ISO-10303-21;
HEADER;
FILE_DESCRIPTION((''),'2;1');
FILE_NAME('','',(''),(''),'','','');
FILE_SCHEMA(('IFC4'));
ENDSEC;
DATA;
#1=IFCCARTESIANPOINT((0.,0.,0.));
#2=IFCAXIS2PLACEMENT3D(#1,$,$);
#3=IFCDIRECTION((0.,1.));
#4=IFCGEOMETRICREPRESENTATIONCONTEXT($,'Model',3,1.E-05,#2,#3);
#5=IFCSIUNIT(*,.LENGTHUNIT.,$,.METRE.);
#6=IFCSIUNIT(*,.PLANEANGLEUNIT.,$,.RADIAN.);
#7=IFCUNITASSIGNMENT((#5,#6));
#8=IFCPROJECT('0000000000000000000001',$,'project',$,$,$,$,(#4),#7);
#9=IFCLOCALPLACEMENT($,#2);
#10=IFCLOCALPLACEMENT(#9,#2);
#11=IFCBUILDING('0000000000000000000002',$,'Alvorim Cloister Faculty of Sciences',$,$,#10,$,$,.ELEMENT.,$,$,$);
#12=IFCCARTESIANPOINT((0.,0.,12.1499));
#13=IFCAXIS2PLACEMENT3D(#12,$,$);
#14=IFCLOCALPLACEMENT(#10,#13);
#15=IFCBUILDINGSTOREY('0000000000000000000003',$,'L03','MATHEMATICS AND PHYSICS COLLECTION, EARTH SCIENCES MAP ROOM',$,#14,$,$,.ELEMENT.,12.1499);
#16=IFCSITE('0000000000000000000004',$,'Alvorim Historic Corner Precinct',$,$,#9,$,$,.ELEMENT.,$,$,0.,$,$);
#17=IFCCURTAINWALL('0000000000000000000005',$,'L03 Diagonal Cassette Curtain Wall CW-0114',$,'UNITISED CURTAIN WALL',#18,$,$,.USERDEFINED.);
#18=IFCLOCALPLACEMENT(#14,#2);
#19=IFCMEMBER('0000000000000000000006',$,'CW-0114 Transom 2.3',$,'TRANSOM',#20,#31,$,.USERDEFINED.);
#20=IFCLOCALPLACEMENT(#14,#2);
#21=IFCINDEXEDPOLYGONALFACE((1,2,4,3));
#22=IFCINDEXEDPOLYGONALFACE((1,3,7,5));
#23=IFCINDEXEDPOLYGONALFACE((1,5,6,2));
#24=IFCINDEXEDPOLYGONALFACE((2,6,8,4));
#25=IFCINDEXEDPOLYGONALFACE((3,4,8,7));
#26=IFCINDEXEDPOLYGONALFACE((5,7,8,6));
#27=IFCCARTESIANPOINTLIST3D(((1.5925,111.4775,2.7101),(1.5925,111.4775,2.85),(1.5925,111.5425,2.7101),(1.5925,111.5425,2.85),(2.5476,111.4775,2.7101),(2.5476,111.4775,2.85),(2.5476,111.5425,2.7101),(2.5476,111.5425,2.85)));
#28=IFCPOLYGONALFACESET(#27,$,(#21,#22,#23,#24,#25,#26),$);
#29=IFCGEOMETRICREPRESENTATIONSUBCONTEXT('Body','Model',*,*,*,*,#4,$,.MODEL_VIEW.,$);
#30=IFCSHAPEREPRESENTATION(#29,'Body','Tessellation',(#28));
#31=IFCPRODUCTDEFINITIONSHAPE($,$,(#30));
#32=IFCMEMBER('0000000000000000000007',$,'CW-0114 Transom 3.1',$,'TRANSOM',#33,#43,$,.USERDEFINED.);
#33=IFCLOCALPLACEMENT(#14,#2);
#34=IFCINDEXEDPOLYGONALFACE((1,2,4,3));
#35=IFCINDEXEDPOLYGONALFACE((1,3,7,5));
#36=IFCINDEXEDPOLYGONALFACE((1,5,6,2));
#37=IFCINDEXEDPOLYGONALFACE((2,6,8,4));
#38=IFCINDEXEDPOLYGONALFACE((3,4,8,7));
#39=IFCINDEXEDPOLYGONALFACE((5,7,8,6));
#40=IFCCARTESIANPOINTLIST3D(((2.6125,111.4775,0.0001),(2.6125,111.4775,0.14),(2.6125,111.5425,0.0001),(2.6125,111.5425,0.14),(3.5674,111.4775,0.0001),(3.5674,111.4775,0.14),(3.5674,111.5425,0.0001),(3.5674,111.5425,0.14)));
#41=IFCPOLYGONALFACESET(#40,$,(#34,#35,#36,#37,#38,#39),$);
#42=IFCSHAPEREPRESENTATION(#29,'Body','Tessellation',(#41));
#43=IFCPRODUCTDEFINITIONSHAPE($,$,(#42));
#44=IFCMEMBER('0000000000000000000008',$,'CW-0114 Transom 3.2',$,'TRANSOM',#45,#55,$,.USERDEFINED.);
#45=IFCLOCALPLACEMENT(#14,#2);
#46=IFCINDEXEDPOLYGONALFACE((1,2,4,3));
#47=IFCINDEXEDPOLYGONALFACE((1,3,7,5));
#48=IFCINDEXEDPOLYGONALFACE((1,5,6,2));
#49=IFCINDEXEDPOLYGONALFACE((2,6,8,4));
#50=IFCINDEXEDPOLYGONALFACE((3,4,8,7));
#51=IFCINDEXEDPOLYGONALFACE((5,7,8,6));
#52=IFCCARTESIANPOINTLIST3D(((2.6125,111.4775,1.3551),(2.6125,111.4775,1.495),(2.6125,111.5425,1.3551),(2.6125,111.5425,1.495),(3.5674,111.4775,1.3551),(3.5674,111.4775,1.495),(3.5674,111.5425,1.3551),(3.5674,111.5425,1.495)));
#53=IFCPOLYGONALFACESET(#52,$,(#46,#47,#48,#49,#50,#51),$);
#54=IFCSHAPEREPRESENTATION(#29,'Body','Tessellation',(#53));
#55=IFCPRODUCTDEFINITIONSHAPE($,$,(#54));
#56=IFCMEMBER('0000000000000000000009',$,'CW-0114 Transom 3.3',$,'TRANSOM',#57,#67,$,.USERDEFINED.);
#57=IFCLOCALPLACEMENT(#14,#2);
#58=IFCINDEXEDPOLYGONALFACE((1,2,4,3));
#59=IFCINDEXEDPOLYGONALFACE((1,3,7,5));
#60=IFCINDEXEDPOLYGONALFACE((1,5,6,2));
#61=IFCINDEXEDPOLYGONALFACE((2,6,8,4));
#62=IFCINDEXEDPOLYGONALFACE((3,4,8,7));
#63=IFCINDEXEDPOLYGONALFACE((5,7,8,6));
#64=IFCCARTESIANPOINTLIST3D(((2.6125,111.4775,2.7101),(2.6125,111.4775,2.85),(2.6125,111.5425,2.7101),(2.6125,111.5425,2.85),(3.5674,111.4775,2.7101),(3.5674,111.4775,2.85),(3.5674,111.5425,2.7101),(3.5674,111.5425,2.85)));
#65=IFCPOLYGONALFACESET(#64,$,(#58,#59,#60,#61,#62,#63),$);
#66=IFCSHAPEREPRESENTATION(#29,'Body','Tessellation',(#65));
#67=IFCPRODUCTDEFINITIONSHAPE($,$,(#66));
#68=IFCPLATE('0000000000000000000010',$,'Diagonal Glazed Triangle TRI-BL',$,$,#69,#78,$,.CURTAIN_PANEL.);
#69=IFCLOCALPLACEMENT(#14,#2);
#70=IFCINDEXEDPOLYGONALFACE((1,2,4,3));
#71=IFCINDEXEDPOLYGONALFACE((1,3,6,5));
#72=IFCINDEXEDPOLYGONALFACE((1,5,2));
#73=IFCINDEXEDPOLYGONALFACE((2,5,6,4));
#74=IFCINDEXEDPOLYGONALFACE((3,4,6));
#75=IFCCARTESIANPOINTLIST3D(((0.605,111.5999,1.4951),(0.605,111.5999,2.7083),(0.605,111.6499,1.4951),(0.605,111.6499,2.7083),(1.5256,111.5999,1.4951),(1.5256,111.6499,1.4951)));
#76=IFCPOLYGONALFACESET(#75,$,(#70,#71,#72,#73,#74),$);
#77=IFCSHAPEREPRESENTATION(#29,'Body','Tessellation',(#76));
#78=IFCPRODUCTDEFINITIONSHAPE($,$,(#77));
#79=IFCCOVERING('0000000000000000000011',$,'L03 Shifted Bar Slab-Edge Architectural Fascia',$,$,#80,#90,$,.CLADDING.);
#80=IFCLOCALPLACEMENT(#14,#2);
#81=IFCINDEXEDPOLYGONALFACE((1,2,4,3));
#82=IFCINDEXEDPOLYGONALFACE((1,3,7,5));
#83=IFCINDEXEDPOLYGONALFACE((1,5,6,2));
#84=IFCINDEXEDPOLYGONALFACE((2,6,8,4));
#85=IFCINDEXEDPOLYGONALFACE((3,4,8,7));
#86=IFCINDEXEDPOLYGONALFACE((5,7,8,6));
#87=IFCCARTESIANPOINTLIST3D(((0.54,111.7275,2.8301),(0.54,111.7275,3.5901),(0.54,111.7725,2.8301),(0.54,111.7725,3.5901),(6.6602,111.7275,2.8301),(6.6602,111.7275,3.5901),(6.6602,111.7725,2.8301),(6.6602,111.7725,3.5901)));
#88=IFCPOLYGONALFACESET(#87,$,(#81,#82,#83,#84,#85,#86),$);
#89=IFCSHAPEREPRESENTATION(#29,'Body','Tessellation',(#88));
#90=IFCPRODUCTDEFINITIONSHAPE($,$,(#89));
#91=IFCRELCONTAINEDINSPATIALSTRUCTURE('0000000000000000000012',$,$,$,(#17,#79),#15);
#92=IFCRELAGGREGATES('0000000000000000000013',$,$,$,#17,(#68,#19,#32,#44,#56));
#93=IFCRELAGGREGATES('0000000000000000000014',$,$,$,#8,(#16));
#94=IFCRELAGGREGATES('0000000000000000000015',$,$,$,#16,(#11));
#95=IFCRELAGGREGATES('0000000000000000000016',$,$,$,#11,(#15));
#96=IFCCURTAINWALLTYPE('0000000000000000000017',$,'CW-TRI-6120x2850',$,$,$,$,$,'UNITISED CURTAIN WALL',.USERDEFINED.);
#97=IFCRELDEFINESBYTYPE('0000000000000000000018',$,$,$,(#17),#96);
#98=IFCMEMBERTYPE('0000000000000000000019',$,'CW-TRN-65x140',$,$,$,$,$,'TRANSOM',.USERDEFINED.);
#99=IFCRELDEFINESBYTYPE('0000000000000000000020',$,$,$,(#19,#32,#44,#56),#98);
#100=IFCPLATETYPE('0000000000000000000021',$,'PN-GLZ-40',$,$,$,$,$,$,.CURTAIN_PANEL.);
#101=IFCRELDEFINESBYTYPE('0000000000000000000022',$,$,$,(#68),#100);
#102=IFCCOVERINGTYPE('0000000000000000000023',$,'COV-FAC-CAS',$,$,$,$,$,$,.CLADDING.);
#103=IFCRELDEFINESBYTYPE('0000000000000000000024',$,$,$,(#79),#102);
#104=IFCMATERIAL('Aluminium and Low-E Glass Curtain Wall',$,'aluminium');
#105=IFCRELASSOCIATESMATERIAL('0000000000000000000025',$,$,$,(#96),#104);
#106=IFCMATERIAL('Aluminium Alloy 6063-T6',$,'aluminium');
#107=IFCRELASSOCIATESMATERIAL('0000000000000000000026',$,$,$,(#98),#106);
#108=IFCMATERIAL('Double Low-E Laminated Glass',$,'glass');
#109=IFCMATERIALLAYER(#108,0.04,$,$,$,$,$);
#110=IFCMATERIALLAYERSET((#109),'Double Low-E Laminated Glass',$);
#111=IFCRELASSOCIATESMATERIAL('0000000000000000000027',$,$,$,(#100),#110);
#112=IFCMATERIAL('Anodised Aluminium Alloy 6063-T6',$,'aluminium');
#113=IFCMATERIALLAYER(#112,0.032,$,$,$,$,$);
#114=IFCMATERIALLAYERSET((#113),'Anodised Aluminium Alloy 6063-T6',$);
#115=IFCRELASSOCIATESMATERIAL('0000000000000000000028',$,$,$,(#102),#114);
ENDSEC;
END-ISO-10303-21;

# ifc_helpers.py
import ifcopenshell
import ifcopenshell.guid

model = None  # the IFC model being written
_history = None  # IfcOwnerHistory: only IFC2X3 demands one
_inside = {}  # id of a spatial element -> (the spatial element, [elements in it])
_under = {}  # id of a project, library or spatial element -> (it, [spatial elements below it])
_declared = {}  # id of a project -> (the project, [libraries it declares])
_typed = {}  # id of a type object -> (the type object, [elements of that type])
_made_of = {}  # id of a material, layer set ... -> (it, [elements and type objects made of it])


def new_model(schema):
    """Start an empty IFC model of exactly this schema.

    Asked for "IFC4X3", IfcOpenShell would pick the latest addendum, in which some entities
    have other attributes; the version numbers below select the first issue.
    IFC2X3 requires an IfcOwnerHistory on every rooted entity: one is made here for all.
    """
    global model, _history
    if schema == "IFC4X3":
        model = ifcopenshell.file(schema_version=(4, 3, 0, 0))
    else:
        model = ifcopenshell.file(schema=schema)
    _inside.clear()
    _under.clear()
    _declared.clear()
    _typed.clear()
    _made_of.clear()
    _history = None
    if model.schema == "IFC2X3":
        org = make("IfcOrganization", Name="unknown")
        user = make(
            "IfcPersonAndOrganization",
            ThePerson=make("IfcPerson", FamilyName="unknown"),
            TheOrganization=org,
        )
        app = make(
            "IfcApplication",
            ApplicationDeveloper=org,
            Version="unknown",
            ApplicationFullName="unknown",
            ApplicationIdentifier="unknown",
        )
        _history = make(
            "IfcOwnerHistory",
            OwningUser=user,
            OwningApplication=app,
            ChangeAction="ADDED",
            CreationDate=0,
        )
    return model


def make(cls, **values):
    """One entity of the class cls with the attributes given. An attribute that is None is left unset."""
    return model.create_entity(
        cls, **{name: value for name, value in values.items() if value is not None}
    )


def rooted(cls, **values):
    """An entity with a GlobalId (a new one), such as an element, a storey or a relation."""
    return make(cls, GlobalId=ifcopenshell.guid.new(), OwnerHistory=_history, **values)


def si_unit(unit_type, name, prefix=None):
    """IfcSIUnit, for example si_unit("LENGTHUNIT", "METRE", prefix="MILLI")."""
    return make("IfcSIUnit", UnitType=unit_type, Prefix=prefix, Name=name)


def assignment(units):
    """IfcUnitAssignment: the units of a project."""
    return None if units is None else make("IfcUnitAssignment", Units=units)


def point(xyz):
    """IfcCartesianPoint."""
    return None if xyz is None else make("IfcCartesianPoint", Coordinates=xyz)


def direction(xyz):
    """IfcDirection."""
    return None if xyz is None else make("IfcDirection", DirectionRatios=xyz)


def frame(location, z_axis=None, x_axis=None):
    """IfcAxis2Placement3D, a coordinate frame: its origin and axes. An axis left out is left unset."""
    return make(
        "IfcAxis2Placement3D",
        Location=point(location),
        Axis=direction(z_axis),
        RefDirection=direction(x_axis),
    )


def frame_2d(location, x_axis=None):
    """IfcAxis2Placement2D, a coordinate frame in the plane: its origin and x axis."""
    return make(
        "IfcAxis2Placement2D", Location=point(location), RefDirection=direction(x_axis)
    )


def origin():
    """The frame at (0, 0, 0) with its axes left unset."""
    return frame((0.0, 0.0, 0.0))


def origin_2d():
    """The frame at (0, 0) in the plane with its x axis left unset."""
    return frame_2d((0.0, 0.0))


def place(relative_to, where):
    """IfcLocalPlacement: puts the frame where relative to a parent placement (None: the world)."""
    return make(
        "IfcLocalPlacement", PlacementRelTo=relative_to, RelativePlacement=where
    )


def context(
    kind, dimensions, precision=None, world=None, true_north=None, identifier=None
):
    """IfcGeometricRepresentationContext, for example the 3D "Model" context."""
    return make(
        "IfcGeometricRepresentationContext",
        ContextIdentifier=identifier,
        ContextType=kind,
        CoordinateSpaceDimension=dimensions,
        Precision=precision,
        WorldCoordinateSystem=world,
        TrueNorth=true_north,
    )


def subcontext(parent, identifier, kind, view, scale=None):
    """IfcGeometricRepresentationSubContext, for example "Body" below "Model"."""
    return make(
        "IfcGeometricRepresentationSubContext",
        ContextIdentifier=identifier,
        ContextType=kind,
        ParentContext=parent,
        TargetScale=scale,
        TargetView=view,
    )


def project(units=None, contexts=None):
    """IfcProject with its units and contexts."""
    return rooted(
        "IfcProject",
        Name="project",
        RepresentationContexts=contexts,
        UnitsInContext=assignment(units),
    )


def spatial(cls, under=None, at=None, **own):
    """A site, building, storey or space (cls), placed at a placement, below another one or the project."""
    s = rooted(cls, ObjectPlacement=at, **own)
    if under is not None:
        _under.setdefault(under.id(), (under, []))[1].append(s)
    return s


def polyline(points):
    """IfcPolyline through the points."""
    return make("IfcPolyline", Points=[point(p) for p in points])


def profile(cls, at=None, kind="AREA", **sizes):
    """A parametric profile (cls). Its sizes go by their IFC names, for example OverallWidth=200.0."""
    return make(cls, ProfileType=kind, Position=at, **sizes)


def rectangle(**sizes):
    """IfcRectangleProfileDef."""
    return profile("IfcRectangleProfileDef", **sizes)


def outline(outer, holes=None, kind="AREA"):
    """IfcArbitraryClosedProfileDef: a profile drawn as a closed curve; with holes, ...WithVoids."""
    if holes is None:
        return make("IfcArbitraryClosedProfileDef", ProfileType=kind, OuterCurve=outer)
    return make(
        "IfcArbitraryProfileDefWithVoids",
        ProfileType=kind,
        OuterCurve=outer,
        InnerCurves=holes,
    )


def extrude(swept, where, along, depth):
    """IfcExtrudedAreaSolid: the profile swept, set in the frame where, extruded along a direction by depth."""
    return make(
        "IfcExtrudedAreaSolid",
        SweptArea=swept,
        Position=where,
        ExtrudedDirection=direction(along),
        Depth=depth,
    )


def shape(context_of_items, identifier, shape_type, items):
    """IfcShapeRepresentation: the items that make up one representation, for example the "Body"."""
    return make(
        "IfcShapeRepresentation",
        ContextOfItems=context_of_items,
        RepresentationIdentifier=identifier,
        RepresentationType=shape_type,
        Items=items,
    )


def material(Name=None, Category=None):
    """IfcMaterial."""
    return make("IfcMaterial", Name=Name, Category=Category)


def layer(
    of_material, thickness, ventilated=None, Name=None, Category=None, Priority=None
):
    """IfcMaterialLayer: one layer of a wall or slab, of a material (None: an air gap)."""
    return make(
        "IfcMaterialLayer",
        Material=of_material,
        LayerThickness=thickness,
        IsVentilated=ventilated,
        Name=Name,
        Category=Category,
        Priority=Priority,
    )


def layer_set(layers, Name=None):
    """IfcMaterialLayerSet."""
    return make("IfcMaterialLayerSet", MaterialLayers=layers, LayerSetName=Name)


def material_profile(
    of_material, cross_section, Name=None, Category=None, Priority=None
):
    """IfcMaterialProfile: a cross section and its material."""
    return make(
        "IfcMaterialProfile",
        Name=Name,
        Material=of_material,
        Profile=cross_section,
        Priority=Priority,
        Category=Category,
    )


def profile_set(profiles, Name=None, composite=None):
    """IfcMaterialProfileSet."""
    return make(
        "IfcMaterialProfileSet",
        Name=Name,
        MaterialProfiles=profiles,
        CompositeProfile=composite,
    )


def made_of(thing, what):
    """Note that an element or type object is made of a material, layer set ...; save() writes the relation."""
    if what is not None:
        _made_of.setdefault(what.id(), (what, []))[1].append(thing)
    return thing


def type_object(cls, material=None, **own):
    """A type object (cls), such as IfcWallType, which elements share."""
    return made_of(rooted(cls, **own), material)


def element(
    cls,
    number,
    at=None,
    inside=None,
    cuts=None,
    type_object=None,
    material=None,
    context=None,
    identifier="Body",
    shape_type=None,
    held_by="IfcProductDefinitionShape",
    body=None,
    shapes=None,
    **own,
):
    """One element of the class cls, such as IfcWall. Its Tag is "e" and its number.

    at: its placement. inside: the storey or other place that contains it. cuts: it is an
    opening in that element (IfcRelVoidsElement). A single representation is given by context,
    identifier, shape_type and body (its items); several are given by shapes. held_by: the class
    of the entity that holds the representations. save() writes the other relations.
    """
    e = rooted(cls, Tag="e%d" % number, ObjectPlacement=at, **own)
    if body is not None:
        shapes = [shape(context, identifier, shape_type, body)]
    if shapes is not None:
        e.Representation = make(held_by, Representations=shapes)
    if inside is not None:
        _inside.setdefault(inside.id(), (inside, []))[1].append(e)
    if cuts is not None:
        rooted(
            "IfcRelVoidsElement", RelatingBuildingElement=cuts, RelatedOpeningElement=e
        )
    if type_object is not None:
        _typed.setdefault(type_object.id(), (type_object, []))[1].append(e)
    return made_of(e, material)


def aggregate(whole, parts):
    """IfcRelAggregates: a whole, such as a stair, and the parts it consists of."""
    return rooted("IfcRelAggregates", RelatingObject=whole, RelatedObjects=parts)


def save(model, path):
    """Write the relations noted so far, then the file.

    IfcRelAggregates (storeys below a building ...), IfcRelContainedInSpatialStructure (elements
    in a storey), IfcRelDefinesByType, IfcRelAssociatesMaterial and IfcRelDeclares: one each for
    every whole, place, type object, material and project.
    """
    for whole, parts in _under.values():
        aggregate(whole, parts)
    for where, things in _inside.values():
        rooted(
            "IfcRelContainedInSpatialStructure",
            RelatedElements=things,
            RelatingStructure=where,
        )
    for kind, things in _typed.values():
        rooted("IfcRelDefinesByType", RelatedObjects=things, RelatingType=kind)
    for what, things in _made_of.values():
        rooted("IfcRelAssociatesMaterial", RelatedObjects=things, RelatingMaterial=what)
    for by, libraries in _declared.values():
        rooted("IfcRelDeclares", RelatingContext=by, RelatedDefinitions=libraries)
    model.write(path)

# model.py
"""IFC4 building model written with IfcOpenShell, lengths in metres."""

from ifc_helpers import new_model, si_unit, direction, frame, origin, origin_2d, place, context, subcontext, project, spatial, polyline, rectangle, outline, extrude, material, layer, layer_set, material_profile, profile_set, type_object, element, aggregate, save


model = new_model("IFC4")

# Units and contexts
model_context = context("Model", 3, precision=1e-05, world=origin(), true_north=direction((0.0, 1.0)))
body_context = subcontext(model_context, "Body", "Model", "MODEL_VIEW")
ifc_project = project(units=[si_unit("LENGTHUNIT", "METRE"), si_unit("PLANEANGLEUNIT", "RADIAN")], contexts=[model_context])

# Site, building, storey
site_placement = place(None, origin())
site = spatial("IfcSite", under=ifc_project, at=site_placement, Name="Alvorim Historic Corner Precinct", CompositionType="ELEMENT", RefElevation=0.0)
building_placement = place(site_placement, origin())
building = spatial("IfcBuilding", under=site, at=building_placement, Name="Alvorim Cloister Faculty of Sciences", CompositionType="ELEMENT")
storey_placement = place(building_placement, frame((0.0, 0.0, 12.1499)))
storey = spatial("IfcBuildingStorey", under=building, at=storey_placement, Name="L03", Description="MATHEMATICS AND PHYSICS COLLECTION, EARTH SCIENCES MAP ROOM", CompositionType="ELEMENT", Elevation=12.1499)

# Shared definitions
ifc_material_1 = material(Name="Aluminium and Low-E Glass Curtain Wall", Category="aluminium")
ifc_material_2 = material(Name="Aluminium Alloy 6063-T6", Category="aluminium")

# Curtain wall
curtain_wall_type_1 = type_object("IfcCurtainWallType", Name="CW-TRI-6120x2850", ElementType="UNITISED CURTAIN WALL", PredefinedType="USERDEFINED", material=ifc_material_1)
curtain_wall_1_placement = place(storey_placement, origin())
curtain_wall_1 = element("IfcCurtainWall", 1, at=curtain_wall_1_placement, inside=storey, type_object=curtain_wall_type_1, Name="L03 Diagonal Cassette Curtain Wall CW-0114", ObjectType="UNITISED CURTAIN WALL", PredefinedType="USERDEFINED")

# Members
ifc_material_profile_1 = material_profile(ifc_material_2, rectangle(XDim=0.0649, YDim=0.1399, at=origin_2d()), Name="ALU-TRN-65x140")
ifc_profile_set_1 = profile_set([ifc_material_profile_1], Name="Aluminium Alloy 6063-T6")
member_type_1 = type_object("IfcMemberType", Name="CW-TRN-65x140", ElementType="TRANSOM", PredefinedType="USERDEFINED", material=ifc_profile_set_1)
member_1_placement = place(storey_placement, frame((1.5925, 111.51, 2.78), z_axis=(1.0, 0.0, 0.0), x_axis=(0.0, 1.0, 0.0)))
member_1 = element("IfcMember", 2, at=member_1_placement, type_object=member_type_1, Name="CW-0114 Transom 2.3", ObjectType="TRANSOM", PredefinedType="USERDEFINED", context=body_context, shape_type="SweptSolid", body=[
    extrude(rectangle(XDim=0.0649, YDim=0.1399, at=origin_2d()), origin(), (0.0, 0.0, 1.0), 0.9551),
])
member_2_placement = place(storey_placement, frame((2.6125, 111.51, 0.0701), z_axis=(1.0, 0.0, 0.0), x_axis=(0.0, 1.0, 0.0)))
member_2 = element("IfcMember", 3, at=member_2_placement, type_object=member_type_1, Name="CW-0114 Transom 3.1", ObjectType="TRANSOM", PredefinedType="USERDEFINED", context=body_context, shape_type="SweptSolid", body=[
    extrude(rectangle(XDim=0.0649, YDim=0.1399, at=origin_2d()), origin(), (0.0, 0.0, 1.0), 0.9548),
])
member_3_placement = place(storey_placement, frame((2.6125, 111.51, 1.425), z_axis=(1.0, 0.0, 0.0), x_axis=(0.0, 1.0, 0.0)))
member_3 = element("IfcMember", 4, at=member_3_placement, type_object=member_type_1, Name="CW-0114 Transom 3.2", ObjectType="TRANSOM", PredefinedType="USERDEFINED", context=body_context, shape_type="SweptSolid", body=[
    extrude(rectangle(XDim=0.0649, YDim=0.1399, at=origin_2d()), origin(), (0.0, 0.0, 1.0), 0.9548),
])
member_4_placement = place(storey_placement, frame((2.6125, 111.51, 2.78), z_axis=(1.0, 0.0, 0.0), x_axis=(0.0, 1.0, 0.0)))
member_4 = element("IfcMember", 5, at=member_4_placement, type_object=member_type_1, Name="CW-0114 Transom 3.3", ObjectType="TRANSOM", PredefinedType="USERDEFINED", context=body_context, shape_type="SweptSolid", body=[
    extrude(rectangle(XDim=0.0649, YDim=0.1399, at=origin_2d()), origin(), (0.0, 0.0, 1.0), 0.9548),
])

# Plate
ifc_material_3 = material(Name="Double Low-E Laminated Glass", Category="glass")
ifc_layer_1 = layer(ifc_material_3, 0.04)
ifc_layer_set_1 = layer_set([ifc_layer_1], Name="Double Low-E Laminated Glass")
plate_type = type_object("IfcPlateType", Name="PN-GLZ-40", PredefinedType="CURTAIN_PANEL", material=ifc_layer_set_1)
plate_1_placement = place(storey_placement, frame((0.605, 111.625, 1.4951), z_axis=(0.0, 0.0, 1.0), x_axis=(1.0, 0.0, 0.0)))
plate_1 = element("IfcPlate", 6, at=plate_1_placement, type_object=plate_type, Name="Diagonal Glazed Triangle TRI-BL", PredefinedType="CURTAIN_PANEL", context=body_context, shape_type="SweptSolid", body=[
    extrude(outline(polyline([(0.0, 0.0), (0.9207, 0.0), (0.0, 1.2131), (0.0, 0.0)])), frame((0.0, 0.0249, 0.0), z_axis=(0.0, -1.0, 0.0), x_axis=(1.0, 0.0, 0.0)), (0.0, 0.0, 1.0), 0.05),
])
aggregate(curtain_wall_1, [plate_1, member_1, member_2, member_3, member_4])

# Covering
ifc_material_4 = material(Name="Anodised Aluminium Alloy 6063-T6", Category="aluminium")
ifc_layer_2 = layer(ifc_material_4, 0.032)
ifc_layer_set_2 = layer_set([ifc_layer_2], Name="Anodised Aluminium Alloy 6063-T6")
covering_type = type_object("IfcCoveringType", Name="COV-FAC-CAS", PredefinedType="CLADDING", material=ifc_layer_set_2)
covering_placement = place(storey_placement, frame((0.54, 111.75, 2.8301), z_axis=(0.0, 0.0, 1.0), x_axis=(1.0, 0.0, 0.0)))
element("IfcCovering", 7, at=covering_placement, inside=storey, type_object=covering_type, Name="L03 Shifted Bar Slab-Edge Architectural Fascia", PredefinedType="CLADDING", context=body_context, shape_type="SweptSolid", body=[
    extrude(outline(polyline([(0.0, 0.0), (6.1201, 0.0), (6.1201, 0.76), (0.0, 0.76), (0.0, 0.0)])), frame((0.0, 0.0225, 0.0), z_axis=(0.0, -1.0, 0.0), x_axis=(1.0, 0.0, 0.0)), (0.0, 0.0, 1.0), 0.0449),
])

save(model, "model.ifc")
